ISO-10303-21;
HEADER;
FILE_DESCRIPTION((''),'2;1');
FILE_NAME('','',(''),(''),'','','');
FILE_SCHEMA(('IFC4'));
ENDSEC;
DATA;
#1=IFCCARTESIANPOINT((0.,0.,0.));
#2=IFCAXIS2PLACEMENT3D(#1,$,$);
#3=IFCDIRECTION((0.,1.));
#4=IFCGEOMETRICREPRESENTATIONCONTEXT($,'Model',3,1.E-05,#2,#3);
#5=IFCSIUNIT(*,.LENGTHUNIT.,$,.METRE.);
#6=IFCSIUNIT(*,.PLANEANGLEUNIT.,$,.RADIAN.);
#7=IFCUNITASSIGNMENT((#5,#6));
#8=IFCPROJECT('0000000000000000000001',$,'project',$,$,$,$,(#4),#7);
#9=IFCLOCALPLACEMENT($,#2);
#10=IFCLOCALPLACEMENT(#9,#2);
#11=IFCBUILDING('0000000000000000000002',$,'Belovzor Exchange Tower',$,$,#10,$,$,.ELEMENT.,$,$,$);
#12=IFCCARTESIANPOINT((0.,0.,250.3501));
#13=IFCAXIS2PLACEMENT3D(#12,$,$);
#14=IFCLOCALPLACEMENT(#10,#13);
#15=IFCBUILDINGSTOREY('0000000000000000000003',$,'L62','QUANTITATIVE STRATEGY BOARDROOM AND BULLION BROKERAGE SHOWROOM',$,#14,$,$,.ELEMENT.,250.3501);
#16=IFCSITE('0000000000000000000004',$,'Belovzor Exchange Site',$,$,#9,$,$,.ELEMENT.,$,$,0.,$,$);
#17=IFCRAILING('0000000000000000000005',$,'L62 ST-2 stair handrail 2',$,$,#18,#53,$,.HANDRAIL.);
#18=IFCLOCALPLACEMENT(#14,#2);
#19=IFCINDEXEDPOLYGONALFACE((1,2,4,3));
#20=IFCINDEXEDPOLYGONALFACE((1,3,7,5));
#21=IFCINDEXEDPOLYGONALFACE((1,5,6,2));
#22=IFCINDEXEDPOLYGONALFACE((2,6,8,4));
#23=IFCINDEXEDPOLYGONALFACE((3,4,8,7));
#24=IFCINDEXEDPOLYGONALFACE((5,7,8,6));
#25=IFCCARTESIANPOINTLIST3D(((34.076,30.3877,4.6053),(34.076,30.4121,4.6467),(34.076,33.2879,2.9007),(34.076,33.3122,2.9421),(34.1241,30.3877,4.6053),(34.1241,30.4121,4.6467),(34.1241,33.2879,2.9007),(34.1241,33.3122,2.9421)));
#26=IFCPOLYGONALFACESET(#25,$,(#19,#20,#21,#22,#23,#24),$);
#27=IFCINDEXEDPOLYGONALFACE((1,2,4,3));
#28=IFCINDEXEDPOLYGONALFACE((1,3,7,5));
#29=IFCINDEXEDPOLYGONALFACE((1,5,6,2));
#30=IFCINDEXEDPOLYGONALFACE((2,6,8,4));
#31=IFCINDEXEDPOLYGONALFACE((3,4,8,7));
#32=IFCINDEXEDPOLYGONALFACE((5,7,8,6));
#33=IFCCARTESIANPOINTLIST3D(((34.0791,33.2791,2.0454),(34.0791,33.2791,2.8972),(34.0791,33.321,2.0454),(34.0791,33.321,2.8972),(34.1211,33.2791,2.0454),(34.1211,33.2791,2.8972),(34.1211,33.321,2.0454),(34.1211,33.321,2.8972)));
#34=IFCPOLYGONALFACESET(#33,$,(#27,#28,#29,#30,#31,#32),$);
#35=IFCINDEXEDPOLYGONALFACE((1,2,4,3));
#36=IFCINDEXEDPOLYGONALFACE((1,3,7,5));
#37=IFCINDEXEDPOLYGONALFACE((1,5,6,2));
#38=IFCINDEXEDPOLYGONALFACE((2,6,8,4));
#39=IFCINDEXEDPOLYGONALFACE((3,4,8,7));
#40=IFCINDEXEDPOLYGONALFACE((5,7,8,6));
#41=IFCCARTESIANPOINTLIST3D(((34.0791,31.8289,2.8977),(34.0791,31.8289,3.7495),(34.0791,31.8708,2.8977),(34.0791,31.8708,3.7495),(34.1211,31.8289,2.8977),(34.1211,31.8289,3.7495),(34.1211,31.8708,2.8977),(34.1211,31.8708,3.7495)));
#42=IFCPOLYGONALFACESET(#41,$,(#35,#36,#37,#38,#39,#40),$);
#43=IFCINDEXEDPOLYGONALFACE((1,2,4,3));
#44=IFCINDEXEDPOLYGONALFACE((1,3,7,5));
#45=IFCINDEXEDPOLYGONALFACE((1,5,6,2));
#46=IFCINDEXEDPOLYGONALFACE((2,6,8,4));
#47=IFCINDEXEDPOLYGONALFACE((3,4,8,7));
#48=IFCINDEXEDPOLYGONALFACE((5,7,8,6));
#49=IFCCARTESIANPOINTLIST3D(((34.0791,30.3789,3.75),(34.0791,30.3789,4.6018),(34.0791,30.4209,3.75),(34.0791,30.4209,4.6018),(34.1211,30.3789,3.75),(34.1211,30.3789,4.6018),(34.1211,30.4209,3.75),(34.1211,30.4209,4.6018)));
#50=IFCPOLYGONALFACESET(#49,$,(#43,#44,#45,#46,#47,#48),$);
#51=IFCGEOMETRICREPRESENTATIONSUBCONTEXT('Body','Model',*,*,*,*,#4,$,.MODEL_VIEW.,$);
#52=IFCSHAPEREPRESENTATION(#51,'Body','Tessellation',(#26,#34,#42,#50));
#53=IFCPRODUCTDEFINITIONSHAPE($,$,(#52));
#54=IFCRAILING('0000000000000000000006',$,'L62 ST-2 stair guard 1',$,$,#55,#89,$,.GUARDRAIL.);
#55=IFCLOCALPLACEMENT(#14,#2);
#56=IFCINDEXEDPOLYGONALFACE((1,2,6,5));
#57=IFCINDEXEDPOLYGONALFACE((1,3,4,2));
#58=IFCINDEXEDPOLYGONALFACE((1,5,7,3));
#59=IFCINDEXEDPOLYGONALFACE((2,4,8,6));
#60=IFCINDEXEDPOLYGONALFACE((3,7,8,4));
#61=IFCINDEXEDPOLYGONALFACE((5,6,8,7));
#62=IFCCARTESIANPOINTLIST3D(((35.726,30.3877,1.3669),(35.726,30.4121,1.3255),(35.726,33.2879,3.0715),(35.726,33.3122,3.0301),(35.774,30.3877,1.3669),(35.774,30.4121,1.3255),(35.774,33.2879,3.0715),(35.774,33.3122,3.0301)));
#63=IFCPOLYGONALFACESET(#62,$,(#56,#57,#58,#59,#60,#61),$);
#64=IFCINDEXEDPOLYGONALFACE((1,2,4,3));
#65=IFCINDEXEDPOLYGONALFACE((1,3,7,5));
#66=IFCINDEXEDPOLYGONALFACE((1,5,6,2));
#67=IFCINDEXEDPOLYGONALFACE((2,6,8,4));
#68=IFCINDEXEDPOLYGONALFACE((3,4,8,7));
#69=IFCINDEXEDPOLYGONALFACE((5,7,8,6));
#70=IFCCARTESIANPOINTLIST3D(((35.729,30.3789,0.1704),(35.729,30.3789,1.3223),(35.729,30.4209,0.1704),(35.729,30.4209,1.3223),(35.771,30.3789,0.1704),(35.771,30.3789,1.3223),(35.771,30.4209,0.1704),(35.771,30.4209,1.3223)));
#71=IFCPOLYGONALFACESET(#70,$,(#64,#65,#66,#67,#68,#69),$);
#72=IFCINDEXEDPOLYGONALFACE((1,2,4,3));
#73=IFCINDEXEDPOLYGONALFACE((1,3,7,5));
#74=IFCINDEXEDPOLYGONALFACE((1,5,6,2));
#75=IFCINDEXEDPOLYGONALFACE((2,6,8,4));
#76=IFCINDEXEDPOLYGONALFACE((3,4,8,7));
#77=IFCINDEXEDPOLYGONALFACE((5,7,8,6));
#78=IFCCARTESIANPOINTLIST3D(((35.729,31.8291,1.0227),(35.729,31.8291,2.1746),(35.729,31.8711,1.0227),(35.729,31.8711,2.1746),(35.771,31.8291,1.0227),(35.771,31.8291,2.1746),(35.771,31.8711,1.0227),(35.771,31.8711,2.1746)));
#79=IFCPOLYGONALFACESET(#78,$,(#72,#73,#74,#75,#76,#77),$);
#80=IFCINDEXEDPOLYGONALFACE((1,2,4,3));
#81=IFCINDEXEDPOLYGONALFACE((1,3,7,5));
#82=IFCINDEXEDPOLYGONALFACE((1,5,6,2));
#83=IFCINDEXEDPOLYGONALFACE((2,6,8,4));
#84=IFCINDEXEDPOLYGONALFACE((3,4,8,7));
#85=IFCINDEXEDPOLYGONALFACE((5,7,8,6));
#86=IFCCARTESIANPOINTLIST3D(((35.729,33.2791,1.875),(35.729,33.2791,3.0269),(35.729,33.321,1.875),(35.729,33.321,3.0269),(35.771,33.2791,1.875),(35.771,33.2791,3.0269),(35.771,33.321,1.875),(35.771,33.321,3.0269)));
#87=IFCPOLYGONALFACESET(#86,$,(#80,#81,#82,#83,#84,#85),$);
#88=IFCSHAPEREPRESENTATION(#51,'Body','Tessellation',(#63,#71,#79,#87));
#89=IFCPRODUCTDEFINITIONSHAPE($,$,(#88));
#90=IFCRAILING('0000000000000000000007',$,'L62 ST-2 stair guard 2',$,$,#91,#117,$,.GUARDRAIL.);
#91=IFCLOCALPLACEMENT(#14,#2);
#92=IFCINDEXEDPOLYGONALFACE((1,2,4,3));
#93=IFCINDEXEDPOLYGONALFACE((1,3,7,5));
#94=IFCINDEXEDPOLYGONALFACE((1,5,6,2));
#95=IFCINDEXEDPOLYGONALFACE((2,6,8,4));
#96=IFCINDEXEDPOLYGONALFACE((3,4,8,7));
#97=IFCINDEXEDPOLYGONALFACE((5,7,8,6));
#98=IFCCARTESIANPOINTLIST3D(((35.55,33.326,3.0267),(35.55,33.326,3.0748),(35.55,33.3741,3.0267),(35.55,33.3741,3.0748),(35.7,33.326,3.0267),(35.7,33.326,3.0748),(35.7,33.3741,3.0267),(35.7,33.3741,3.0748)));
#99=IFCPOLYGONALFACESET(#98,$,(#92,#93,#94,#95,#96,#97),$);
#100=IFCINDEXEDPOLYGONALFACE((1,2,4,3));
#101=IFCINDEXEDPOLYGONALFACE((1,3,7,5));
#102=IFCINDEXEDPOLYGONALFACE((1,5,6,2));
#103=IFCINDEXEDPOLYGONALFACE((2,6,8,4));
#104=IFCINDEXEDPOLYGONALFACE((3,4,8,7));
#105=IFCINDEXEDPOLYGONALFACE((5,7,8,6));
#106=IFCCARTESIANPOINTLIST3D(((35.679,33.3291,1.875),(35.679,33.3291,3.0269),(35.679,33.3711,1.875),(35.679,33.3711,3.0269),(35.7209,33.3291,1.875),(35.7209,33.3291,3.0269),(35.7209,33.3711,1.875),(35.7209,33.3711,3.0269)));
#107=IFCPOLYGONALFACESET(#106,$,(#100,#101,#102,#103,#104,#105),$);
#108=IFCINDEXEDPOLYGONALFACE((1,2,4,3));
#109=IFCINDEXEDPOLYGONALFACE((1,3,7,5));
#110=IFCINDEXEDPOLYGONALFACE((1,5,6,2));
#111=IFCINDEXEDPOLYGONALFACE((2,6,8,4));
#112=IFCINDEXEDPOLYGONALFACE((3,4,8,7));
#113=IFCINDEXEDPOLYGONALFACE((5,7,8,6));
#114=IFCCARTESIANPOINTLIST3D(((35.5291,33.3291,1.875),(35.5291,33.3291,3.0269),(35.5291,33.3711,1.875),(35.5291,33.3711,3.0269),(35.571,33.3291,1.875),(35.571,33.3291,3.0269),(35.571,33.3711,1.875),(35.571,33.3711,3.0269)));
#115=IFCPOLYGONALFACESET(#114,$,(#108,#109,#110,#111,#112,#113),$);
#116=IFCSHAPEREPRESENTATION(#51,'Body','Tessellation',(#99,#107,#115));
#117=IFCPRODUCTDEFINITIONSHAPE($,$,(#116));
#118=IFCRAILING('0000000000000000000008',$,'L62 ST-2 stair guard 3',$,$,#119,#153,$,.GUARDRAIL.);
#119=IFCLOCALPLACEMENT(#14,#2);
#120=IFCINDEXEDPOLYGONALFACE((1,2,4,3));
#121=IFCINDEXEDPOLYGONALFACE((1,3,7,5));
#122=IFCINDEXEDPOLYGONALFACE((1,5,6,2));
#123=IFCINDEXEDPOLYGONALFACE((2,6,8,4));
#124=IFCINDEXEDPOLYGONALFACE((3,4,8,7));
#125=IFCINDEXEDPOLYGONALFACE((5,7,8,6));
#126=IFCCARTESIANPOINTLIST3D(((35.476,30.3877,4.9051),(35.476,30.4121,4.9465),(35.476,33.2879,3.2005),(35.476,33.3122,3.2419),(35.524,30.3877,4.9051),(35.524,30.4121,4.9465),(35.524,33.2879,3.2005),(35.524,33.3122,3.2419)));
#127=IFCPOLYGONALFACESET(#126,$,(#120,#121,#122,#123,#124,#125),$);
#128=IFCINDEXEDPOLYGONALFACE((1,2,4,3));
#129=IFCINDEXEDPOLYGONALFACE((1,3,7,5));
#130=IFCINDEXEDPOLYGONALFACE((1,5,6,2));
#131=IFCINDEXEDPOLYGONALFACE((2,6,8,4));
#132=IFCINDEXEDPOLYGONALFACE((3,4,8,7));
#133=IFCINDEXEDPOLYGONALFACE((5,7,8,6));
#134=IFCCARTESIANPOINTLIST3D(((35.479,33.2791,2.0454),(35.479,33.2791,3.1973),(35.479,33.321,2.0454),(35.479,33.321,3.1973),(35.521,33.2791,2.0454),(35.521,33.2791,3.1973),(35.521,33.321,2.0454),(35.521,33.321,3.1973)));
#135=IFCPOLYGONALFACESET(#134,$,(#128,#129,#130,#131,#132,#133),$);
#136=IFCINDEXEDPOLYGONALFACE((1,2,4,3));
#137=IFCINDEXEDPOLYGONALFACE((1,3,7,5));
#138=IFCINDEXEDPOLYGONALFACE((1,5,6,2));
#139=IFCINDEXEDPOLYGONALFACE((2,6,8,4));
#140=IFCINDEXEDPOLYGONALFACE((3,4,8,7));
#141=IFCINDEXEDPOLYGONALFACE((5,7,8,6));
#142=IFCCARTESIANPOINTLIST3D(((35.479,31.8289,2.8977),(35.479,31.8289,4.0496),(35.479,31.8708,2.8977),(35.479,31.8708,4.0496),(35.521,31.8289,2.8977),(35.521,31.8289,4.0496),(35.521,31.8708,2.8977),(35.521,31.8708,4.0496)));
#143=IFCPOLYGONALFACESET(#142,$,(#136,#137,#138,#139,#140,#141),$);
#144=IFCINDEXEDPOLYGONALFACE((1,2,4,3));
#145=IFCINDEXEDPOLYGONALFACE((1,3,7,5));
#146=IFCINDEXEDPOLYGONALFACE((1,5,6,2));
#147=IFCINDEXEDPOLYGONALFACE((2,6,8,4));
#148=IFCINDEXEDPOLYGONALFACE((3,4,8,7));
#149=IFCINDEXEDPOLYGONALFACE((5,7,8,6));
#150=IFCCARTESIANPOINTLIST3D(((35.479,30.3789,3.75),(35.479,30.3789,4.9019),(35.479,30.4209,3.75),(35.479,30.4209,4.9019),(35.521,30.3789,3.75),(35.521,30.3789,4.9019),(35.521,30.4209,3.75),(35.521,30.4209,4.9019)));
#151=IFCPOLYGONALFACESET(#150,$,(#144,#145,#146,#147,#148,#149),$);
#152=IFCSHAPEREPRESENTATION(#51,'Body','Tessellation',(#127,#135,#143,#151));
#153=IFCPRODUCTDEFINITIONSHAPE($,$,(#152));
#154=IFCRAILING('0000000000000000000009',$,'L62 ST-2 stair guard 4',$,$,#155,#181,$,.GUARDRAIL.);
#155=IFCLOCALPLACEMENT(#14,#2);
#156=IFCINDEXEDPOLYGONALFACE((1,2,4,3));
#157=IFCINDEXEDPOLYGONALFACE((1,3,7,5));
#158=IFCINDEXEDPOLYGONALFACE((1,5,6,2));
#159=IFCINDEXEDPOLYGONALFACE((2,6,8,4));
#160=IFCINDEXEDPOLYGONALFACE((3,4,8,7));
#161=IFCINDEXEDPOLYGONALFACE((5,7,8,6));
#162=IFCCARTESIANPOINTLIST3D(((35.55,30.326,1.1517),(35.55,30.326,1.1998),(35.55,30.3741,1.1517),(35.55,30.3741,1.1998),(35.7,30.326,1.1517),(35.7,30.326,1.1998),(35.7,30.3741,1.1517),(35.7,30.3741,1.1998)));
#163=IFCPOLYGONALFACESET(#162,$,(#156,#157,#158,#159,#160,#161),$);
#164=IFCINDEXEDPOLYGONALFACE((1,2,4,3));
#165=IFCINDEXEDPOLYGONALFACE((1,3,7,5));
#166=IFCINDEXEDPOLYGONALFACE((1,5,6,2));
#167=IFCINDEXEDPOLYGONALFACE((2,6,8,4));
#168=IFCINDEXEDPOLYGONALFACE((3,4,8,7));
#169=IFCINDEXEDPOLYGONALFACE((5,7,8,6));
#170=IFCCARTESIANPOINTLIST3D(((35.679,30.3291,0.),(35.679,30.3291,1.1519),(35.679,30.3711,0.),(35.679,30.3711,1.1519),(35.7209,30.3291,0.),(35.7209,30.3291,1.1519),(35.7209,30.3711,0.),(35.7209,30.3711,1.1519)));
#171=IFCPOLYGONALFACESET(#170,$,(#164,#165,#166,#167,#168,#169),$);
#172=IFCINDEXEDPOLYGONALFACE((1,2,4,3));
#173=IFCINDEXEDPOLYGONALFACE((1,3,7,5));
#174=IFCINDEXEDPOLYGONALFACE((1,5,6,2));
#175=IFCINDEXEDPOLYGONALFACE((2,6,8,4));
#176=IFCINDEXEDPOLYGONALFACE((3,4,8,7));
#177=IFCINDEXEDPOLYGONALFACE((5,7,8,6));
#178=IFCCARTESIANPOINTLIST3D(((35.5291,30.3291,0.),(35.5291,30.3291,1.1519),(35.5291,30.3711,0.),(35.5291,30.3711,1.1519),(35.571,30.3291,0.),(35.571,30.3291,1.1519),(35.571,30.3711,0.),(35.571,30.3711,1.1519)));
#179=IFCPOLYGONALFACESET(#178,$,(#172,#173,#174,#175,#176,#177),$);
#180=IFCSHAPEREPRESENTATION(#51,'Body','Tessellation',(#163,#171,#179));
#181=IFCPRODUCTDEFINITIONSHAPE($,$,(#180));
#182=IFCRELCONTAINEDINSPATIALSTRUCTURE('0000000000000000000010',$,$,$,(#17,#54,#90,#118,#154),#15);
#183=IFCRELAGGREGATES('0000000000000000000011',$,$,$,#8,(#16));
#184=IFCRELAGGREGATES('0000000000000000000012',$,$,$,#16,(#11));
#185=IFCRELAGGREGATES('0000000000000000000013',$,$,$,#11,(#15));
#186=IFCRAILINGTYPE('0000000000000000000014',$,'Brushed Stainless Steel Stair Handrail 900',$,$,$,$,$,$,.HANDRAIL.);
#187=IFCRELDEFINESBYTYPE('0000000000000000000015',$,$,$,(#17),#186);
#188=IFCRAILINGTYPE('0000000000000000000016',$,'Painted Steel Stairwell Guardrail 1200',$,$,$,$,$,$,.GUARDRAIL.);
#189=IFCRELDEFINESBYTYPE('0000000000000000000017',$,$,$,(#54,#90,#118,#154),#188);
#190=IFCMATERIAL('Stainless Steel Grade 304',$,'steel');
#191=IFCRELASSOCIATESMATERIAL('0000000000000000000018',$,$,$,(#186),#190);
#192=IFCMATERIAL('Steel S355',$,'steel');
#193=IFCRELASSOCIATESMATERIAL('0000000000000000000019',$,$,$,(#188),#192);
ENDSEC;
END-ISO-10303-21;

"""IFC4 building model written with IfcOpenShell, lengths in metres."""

from ifc_helpers import new_model, si_unit, direction, frame, origin, origin_2d, place, context, subcontext, project, spatial, rectangle, extrude, material, type_object, element, save


model = new_model("IFC4")

# Units and contexts
model_context = context("Model", 3, precision=1e-05, world=origin(), true_north=direction((0.0, 1.0)))
body_context = subcontext(model_context, "Body", "Model", "MODEL_VIEW")
ifc_project = project(units=[si_unit("LENGTHUNIT", "METRE"), si_unit("PLANEANGLEUNIT", "RADIAN")], contexts=[model_context])

# Site, building, storey
site_placement = place(None, origin())
site = spatial("IfcSite", under=ifc_project, at=site_placement, Name="Belovzor Exchange Site", CompositionType="ELEMENT", RefElevation=0.0)
building_placement = place(site_placement, origin())
building = spatial("IfcBuilding", under=site, at=building_placement, Name="Belovzor Exchange Tower", CompositionType="ELEMENT")
storey_placement = place(building_placement, frame((0.0, 0.0, 250.3501)))
storey = spatial("IfcBuildingStorey", under=building, at=storey_placement, Name="L62", Description="QUANTITATIVE STRATEGY BOARDROOM AND BULLION BROKERAGE SHOWROOM", CompositionType="ELEMENT", Elevation=250.3501)

# Railings
ifc_material_1 = material(Name="Stainless Steel Grade 304", Category="steel")
railing_type_1 = type_object("IfcRailingType", Name="Brushed Stainless Steel Stair Handrail 900", PredefinedType="HANDRAIL", material=ifc_material_1)
railing_1_placement = place(storey_placement, frame((34.1001, 33.3, 2.0454)))
element("IfcRailing", 1, at=railing_1_placement, inside=storey, type_object=railing_type_1, Name="L62 ST-2 stair handrail 2", PredefinedType="HANDRAIL", context=body_context, shape_type="SweptSolid", body=[
    extrude(rectangle(XDim=0.0481, YDim=0.0481, at=origin_2d()), frame((0.0, 0.0, 0.876), z_axis=(0.0, -0.862113, 0.506716), x_axis=(1.0, 0.0, 0.0)), (0.0, 0.0, 1.0), 3.364),
    extrude(rectangle(XDim=0.042, YDim=0.042, at=origin_2d()), origin(), (0.0, 0.0, 1.0), 0.8518),
    extrude(rectangle(XDim=0.042, YDim=0.042, at=origin_2d()), frame((0.0, -1.4502, 0.8523)), (0.0, 0.0, 1.0), 0.8518),
    extrude(rectangle(XDim=0.042, YDim=0.042, at=origin_2d()), frame((0.0, -2.9001, 1.7046)), (0.0, 0.0, 1.0), 0.8518),
])
ifc_material_2 = material(Name="Steel S355", Category="steel")
railing_type_2 = type_object("IfcRailingType", Name="Painted Steel Stairwell Guardrail 1200", PredefinedType="GUARDRAIL", material=ifc_material_2)
railing_2_placement = place(storey_placement, frame((35.75, 30.3999, 0.1704)))
element("IfcRailing", 2, at=railing_2_placement, inside=storey, type_object=railing_type_2, Name="L62 ST-2 stair guard 1", PredefinedType="GUARDRAIL", context=body_context, shape_type="SweptSolid", body=[
    extrude(rectangle(XDim=0.0481, YDim=0.0481, at=origin_2d()), frame((0.0, 0.0, 1.1758), z_axis=(0.0, 0.862113, 0.506716), x_axis=(-1.0, 0.0, 0.0)), (0.0, 0.0, 1.0), 3.364),
    extrude(rectangle(XDim=0.042, YDim=0.042, at=origin_2d()), origin(), (0.0, 0.0, 1.0), 1.1519),
    extrude(rectangle(XDim=0.042, YDim=0.042, at=origin_2d()), frame((0.0, 1.4502, 0.8523)), (0.0, 0.0, 1.0), 1.1519),
    extrude(rectangle(XDim=0.042, YDim=0.042, at=origin_2d()), frame((0.0, 2.9001, 1.7046)), (0.0, 0.0, 1.0), 1.1519),
])
railing_3_placement = place(storey_placement, frame((35.7, 33.3501, 1.875)))
element("IfcRailing", 3, at=railing_3_placement, inside=storey, type_object=railing_type_2, Name="L62 ST-2 stair guard 2", PredefinedType="GUARDRAIL", context=body_context, shape_type="SweptSolid", body=[
    extrude(rectangle(XDim=0.0481, YDim=0.0481, at=origin_2d()), frame((0.0, 0.0, 1.1758), z_axis=(-1.0, 0.0, 0.0), x_axis=(0.0, -1.0, 0.0)), (0.0, 0.0, 1.0), 0.1499),
    extrude(rectangle(XDim=0.042, YDim=0.042, at=origin_2d()), origin(), (0.0, 0.0, 1.0), 1.1519),
    extrude(rectangle(XDim=0.042, YDim=0.042, at=origin_2d()), frame((-0.1499, 0.0, 0.0)), (0.0, 0.0, 1.0), 1.1519),
])
railing_4_placement = place(storey_placement, frame((35.5, 33.3, 2.0454)))
element("IfcRailing", 4, at=railing_4_placement, inside=storey, type_object=railing_type_2, Name="L62 ST-2 stair guard 3", PredefinedType="GUARDRAIL", context=body_context, shape_type="SweptSolid", body=[
    extrude(rectangle(XDim=0.0481, YDim=0.0481, at=origin_2d()), frame((0.0, 0.0, 1.1758), z_axis=(0.0, -0.862113, 0.506716), x_axis=(1.0, 0.0, 0.0)), (0.0, 0.0, 1.0), 3.364),
    extrude(rectangle(XDim=0.042, YDim=0.042, at=origin_2d()), origin(), (0.0, 0.0, 1.0), 1.1519),
    extrude(rectangle(XDim=0.042, YDim=0.042, at=origin_2d()), frame((0.0, -1.4502, 0.8523)), (0.0, 0.0, 1.0), 1.1519),
    extrude(rectangle(XDim=0.042, YDim=0.042, at=origin_2d()), frame((0.0, -2.9001, 1.7046)), (0.0, 0.0, 1.0), 1.1519),
])
railing_5_placement = place(storey_placement, frame((35.7, 30.3501, 0.0)))
element("IfcRailing", 5, at=railing_5_placement, inside=storey, type_object=railing_type_2, Name="L62 ST-2 stair guard 4", PredefinedType="GUARDRAIL", context=body_context, shape_type="SweptSolid", body=[
    extrude(rectangle(XDim=0.0481, YDim=0.0481, at=origin_2d()), frame((0.0, 0.0, 1.1758), z_axis=(-1.0, 0.0, 0.0), x_axis=(0.0, -1.0, 0.0)), (0.0, 0.0, 1.0), 0.1499),
    extrude(rectangle(XDim=0.042, YDim=0.042, at=origin_2d()), origin(), (0.0, 0.0, 1.0), 1.1519),
    extrude(rectangle(XDim=0.042, YDim=0.042, at=origin_2d()), frame((-0.1499, 0.0, 0.0)), (0.0, 0.0, 1.0), 1.1519),
])

save(model, "model.ifc")
